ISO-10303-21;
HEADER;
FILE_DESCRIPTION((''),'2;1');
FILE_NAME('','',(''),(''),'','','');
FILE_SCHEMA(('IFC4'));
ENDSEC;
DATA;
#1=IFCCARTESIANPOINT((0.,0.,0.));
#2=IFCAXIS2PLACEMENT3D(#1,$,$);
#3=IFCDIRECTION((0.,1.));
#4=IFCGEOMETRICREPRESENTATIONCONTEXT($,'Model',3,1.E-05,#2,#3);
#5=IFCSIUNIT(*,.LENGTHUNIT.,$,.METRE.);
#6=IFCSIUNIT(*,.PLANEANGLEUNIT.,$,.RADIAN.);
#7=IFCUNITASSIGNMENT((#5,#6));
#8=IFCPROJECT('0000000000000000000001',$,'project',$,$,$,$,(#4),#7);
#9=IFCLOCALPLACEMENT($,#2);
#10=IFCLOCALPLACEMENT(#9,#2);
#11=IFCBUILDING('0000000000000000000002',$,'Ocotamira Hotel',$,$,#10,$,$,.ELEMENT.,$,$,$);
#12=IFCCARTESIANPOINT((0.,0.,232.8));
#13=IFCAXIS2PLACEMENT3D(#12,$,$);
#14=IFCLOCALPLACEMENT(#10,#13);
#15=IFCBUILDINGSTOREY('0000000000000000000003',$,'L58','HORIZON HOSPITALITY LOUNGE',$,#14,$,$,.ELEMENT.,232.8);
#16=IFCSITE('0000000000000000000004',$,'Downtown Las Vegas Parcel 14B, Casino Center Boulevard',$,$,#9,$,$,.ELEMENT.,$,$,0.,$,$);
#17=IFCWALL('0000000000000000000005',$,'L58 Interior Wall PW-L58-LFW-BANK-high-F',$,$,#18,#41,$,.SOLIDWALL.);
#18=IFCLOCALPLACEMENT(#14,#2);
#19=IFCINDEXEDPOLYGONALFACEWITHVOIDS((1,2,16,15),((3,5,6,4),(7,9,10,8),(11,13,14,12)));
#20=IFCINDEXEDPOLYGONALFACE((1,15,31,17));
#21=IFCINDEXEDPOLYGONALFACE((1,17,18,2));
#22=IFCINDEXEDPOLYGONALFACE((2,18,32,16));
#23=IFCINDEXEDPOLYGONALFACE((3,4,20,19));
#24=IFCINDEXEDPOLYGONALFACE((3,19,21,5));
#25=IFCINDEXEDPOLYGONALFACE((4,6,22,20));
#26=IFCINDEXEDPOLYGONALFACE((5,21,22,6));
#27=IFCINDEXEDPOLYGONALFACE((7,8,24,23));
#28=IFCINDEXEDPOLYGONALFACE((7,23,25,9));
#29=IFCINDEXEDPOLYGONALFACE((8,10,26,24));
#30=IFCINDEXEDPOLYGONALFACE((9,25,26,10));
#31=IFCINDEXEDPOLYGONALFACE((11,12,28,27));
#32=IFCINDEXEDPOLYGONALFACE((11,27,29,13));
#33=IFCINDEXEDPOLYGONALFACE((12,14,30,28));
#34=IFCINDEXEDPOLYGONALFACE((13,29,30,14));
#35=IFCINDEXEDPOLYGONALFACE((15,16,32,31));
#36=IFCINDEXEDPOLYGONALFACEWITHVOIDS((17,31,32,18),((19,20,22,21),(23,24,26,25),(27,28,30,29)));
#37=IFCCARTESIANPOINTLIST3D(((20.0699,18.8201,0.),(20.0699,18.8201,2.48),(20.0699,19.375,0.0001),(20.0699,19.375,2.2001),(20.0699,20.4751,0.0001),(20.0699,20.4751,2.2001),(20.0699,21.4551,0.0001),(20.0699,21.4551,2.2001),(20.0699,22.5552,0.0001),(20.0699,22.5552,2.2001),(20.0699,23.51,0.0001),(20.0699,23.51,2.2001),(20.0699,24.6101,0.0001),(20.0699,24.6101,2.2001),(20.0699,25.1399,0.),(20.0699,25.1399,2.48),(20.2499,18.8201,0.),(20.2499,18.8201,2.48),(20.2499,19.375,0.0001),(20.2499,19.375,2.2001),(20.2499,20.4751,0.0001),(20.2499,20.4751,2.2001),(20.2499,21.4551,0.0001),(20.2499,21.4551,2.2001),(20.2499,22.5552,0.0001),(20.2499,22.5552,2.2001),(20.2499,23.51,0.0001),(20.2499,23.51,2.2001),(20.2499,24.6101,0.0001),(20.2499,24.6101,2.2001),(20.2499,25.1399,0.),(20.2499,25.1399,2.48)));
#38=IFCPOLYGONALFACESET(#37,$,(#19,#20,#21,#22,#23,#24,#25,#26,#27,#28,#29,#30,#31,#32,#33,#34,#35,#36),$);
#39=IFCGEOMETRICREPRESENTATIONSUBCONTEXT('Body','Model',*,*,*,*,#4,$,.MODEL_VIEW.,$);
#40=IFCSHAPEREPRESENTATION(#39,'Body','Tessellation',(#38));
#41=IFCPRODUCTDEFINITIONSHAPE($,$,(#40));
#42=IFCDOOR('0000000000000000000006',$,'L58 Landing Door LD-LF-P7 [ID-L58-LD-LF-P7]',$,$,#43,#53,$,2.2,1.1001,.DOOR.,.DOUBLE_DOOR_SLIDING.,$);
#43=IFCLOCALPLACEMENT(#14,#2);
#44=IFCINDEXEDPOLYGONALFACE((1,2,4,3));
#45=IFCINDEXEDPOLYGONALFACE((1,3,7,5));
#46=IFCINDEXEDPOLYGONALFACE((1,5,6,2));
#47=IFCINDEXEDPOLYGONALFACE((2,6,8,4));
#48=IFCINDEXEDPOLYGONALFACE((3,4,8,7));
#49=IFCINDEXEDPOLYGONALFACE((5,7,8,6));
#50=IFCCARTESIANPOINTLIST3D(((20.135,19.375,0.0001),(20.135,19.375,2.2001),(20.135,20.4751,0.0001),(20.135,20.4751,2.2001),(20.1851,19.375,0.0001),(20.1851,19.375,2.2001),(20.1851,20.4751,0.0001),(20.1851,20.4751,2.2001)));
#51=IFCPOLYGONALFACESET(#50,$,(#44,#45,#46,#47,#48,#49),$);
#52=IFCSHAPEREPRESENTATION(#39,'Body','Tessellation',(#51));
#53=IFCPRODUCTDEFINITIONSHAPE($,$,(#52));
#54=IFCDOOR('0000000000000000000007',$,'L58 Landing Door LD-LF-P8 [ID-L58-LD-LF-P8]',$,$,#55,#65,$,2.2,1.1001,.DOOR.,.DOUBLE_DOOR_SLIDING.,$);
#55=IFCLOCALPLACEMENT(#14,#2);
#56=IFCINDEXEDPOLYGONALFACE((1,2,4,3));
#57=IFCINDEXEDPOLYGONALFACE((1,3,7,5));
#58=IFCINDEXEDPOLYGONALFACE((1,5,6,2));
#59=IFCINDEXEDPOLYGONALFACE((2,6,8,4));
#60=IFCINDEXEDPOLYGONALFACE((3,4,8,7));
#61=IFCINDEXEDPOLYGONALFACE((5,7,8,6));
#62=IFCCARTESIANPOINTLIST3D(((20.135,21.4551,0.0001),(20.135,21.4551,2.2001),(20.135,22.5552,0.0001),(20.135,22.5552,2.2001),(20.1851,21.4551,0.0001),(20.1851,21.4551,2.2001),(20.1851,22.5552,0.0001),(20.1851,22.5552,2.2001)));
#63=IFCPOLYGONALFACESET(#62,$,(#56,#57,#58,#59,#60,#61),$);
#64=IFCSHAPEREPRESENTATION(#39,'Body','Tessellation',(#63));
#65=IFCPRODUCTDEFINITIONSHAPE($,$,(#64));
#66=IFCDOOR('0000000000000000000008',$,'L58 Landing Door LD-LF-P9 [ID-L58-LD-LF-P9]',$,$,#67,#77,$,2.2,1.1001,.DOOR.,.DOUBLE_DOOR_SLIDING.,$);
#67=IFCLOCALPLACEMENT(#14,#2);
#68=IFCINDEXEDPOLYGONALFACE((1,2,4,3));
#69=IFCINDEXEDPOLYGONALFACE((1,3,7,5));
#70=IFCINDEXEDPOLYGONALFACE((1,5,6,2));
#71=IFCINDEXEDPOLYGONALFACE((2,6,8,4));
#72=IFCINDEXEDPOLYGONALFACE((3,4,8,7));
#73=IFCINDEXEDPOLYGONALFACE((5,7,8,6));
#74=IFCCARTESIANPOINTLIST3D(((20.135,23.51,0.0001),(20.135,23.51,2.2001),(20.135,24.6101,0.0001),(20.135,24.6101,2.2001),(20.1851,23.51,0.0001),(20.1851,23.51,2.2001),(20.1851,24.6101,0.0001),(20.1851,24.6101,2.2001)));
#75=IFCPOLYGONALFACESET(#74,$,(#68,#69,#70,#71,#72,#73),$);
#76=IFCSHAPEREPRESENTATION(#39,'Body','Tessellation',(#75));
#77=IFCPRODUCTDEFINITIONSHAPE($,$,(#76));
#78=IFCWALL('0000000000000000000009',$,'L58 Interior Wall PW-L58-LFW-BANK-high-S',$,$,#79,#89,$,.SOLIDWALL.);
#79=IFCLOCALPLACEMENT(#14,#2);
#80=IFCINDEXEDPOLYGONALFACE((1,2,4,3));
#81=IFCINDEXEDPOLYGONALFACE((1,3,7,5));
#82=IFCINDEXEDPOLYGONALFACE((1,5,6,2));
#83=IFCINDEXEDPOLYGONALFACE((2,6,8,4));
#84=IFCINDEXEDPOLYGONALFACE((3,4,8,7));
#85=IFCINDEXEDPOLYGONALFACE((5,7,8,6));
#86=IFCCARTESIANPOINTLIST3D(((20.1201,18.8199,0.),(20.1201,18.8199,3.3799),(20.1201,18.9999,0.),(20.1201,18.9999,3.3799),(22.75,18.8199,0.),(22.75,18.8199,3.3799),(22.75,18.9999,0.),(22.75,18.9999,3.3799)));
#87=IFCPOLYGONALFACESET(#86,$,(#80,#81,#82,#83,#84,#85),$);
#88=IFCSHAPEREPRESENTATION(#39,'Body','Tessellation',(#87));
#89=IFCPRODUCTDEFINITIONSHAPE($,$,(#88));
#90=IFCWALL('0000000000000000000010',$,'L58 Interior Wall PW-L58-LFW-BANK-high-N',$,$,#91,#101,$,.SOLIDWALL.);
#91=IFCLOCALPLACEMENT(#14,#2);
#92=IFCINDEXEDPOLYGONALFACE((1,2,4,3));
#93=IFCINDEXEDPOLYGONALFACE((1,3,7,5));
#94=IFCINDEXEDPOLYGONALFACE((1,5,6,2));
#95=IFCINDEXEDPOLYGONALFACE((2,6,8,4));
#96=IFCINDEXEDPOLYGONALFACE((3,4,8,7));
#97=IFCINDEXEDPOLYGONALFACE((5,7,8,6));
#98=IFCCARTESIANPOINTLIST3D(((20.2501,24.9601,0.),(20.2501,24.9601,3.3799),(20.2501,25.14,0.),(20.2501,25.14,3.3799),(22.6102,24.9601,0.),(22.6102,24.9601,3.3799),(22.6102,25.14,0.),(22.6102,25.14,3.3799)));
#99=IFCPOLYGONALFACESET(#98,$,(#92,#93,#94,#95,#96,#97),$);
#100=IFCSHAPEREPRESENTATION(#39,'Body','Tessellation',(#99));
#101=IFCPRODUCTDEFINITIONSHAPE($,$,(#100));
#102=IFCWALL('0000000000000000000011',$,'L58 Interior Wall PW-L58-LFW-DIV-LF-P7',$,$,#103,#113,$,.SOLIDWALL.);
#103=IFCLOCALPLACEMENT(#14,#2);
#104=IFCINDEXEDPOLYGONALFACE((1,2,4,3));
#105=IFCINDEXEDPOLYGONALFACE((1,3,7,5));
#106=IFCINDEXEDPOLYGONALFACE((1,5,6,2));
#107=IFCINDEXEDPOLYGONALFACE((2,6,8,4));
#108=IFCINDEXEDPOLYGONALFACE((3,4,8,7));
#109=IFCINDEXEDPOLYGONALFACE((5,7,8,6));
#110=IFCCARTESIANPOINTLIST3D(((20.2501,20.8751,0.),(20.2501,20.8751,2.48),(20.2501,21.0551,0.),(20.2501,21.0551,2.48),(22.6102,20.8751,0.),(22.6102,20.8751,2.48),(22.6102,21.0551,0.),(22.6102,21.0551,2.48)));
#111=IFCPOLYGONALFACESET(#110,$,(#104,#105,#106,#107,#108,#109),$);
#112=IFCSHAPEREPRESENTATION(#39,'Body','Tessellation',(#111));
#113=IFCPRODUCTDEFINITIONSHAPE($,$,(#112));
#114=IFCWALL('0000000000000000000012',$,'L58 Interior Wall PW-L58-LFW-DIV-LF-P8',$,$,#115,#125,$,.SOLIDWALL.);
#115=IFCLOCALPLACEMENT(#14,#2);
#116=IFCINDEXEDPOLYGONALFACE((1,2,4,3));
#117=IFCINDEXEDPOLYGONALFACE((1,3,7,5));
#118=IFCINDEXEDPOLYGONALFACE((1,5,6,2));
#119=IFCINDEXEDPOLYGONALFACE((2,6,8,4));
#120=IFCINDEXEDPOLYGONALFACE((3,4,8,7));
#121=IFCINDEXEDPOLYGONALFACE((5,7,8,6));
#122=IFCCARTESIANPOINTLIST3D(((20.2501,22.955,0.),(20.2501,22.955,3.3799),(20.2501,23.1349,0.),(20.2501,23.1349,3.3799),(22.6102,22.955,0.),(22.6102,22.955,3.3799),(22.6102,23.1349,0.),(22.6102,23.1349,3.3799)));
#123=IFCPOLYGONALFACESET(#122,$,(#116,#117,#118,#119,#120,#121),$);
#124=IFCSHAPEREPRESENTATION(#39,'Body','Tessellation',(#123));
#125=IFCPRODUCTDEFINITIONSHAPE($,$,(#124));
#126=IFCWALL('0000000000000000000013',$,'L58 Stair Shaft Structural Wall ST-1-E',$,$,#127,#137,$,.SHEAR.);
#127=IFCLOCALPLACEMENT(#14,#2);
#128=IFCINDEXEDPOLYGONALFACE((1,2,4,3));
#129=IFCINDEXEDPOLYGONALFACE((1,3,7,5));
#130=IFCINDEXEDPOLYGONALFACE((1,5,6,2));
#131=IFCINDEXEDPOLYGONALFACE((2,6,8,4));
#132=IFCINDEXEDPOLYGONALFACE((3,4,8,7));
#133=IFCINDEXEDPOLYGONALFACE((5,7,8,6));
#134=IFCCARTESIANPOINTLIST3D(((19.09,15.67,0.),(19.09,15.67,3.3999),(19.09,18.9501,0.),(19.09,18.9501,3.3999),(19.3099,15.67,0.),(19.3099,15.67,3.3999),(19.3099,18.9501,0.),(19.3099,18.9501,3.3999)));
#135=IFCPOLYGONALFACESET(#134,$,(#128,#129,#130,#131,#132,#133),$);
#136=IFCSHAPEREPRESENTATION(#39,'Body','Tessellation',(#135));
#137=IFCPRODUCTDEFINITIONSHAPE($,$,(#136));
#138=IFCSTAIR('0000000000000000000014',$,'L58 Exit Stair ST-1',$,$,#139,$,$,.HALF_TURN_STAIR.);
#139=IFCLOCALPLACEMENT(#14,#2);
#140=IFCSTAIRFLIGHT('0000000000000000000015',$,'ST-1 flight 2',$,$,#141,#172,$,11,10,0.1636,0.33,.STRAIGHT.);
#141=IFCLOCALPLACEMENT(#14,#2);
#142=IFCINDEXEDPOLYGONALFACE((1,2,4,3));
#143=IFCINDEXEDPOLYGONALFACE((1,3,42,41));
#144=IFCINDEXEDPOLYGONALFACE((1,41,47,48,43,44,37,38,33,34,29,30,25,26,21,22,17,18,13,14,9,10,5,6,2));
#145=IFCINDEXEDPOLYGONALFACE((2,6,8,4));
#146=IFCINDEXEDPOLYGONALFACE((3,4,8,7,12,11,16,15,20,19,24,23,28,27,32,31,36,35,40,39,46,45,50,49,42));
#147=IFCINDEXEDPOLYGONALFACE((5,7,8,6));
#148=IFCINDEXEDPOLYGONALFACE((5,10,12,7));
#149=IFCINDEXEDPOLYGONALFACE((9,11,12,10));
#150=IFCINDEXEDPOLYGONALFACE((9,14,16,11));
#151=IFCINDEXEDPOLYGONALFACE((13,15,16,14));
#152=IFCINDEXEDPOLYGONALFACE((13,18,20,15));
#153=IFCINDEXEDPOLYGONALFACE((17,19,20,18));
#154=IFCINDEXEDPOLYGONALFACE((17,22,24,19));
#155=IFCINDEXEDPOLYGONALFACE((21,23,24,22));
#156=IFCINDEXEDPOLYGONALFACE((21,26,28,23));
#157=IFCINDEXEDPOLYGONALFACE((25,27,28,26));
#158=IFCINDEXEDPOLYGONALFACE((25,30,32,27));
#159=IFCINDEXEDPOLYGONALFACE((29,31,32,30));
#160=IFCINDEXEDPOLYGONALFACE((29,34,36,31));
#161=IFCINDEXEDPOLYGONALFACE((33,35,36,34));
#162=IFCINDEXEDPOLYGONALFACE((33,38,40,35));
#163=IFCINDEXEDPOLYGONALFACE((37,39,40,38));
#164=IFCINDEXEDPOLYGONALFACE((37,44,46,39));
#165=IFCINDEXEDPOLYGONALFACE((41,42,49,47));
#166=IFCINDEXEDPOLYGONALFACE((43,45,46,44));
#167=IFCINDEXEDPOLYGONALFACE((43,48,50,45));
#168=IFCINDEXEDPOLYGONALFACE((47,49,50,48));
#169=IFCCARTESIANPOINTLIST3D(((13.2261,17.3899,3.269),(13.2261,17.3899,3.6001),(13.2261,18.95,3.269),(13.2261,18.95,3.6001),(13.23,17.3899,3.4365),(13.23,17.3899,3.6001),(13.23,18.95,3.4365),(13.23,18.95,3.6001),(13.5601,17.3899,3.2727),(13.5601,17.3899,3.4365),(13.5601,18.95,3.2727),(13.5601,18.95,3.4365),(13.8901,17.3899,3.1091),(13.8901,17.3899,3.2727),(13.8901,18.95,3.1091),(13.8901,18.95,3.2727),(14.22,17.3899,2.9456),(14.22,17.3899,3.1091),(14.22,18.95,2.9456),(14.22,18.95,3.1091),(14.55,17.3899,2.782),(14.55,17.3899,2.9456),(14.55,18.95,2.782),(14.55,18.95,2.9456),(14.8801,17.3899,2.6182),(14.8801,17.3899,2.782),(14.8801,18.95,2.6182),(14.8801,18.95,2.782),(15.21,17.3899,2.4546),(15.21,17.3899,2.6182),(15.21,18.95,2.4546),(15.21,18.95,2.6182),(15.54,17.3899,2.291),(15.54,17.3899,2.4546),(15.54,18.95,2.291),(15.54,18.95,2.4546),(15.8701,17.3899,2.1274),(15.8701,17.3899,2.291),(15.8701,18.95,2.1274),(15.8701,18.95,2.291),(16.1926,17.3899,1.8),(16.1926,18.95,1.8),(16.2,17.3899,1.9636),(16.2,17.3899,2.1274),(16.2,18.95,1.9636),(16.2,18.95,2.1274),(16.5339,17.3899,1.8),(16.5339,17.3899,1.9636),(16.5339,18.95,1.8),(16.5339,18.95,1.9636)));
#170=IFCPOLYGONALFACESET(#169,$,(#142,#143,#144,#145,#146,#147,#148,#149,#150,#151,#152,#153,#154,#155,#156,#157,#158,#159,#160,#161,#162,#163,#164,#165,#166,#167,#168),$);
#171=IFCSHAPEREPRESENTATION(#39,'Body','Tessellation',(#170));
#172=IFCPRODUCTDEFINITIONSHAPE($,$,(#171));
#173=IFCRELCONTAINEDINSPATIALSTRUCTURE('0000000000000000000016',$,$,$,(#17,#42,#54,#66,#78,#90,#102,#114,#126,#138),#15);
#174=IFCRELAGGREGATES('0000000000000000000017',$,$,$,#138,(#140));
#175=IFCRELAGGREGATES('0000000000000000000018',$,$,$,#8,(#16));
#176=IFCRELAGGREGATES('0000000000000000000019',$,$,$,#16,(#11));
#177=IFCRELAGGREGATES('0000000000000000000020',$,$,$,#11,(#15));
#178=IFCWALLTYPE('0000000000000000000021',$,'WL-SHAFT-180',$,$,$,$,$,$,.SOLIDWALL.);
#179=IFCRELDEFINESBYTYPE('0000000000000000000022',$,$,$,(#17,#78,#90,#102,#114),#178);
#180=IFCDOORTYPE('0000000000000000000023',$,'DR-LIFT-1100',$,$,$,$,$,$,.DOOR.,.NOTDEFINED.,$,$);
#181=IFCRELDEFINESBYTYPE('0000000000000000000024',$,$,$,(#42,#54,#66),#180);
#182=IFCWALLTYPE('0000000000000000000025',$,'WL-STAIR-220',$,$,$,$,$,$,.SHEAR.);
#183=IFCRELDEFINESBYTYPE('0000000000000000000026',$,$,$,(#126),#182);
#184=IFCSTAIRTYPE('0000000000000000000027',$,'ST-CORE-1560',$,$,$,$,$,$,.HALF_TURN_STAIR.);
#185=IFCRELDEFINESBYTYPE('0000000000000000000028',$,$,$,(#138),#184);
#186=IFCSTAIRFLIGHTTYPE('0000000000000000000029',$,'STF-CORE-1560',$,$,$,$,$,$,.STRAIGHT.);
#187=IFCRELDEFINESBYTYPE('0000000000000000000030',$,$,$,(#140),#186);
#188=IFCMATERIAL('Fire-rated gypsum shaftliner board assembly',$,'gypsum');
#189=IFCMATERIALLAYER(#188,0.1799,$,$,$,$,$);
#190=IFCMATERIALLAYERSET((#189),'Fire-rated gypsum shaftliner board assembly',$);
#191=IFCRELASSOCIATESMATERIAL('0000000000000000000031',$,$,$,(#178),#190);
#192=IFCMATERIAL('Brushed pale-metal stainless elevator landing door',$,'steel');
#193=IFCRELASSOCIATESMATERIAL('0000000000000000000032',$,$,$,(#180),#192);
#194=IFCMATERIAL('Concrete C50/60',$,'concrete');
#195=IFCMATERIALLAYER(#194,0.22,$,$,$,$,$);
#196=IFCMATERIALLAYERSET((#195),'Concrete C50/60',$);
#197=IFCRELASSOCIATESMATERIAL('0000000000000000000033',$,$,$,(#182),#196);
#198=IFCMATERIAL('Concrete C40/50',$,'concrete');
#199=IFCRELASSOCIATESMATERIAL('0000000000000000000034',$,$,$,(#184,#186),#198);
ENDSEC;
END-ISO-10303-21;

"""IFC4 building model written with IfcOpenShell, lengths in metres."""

from ifc_helpers import new_model, si_unit, direction, frame, frame_2d, origin, place, context, subcontext, project, spatial, polyline, rectangle, outline, extrude, source, transform, mapped, material, layer, layer_set, type_object, element, fill, aggregate, save


model = new_model("IFC4")

# Units and contexts
model_context = context("Model", 3, precision=1e-05, world=origin(), true_north=direction((0.0, 1.0)))
body_context = subcontext(model_context, "Body", "Model", "MODEL_VIEW")
ifc_project = project(units=[si_unit("LENGTHUNIT", "METRE"), si_unit("PLANEANGLEUNIT", "RADIAN")], contexts=[model_context])

# Site, building, storey
site_placement = place(None, origin())
site = spatial("IfcSite", under=ifc_project, at=site_placement, Name="Downtown Las Vegas Parcel 14B, Casino Center Boulevard", CompositionType="ELEMENT", RefElevation=0.0)
building_placement = place(site_placement, origin())
building = spatial("IfcBuilding", under=site, at=building_placement, Name="Ocotamira Hotel", CompositionType="ELEMENT")
storey_placement = place(building_placement, frame((0.0, 0.0, 232.8)))
storey = spatial("IfcBuildingStorey", under=building, at=storey_placement, Name="L58", Description="HORIZON HOSPITALITY LOUNGE", CompositionType="ELEMENT", Elevation=232.8)

# Shared definitions
ifc_material_1 = material(Name="Concrete C50/60", Category="concrete")

# Wall, openings, doors
ifc_material_2 = material(Name="Fire-rated gypsum shaftliner board assembly", Category="gypsum")
ifc_layer_1 = layer(ifc_material_2, 0.1799)
ifc_layer_set_1 = layer_set([ifc_layer_1], Name="Fire-rated gypsum shaftliner board assembly")
wall_type_1 = type_object("IfcWallType", Name="WL-SHAFT-180", PredefinedType="SOLIDWALL", material=ifc_layer_set_1)
wall_1_placement = place(storey_placement, frame((20.1599, 18.8201, 0.0), z_axis=(0.0, 0.0, 1.0), x_axis=(0.0, 1.0, 0.0)))
wall_1 = element("IfcWall", 1, at=wall_1_placement, inside=storey, type_object=wall_type_1, Name="L58 Interior Wall PW-L58-LFW-BANK-high-F", PredefinedType="SOLIDWALL", context=body_context, shape_type="SweptSolid", body=[
    extrude(rectangle(XDim=6.3198, YDim=0.1799, at=frame_2d((3.1599, 0.0))), origin(), (0.0, 0.0, 1.0), 2.48),
])
opening_1_placement = place(wall_1_placement, frame((0.5549, 0.0, 0.0)))
opening_1 = element("IfcOpeningElement", 2, at=opening_1_placement, cuts=wall_1, PredefinedType="OPENING", context=body_context, shape_type="SweptSolid", body=[
    extrude(rectangle(XDim=1.1001, YDim=2.2, at=frame_2d((0.55, 1.1001))), frame((0.0, 0.1001, 0.0), z_axis=(0.0, -1.0, 0.0), x_axis=(1.0, 0.0, 0.0)), (0.0, 0.0, 1.0), 0.2),
])
opening_2_placement = place(wall_1_placement, frame((2.635, 0.0, 0.0)))
opening_2 = element("IfcOpeningElement", 3, at=opening_2_placement, cuts=wall_1, PredefinedType="OPENING", context=body_context, shape_type="SweptSolid", body=[
    extrude(rectangle(XDim=1.1001, YDim=2.2, at=frame_2d((0.55, 1.1001))), frame((0.0, 0.1001, 0.0), z_axis=(0.0, -1.0, 0.0), x_axis=(1.0, 0.0, 0.0)), (0.0, 0.0, 1.0), 0.2),
])
opening_3_placement = place(wall_1_placement, frame((4.6899, 0.0, 0.0)))
opening_3 = element("IfcOpeningElement", 4, at=opening_3_placement, cuts=wall_1, PredefinedType="OPENING", context=body_context, shape_type="SweptSolid", body=[
    extrude(rectangle(XDim=1.1001, YDim=2.2, at=frame_2d((0.55, 1.1001))), frame((0.0, 0.1001, 0.0), z_axis=(0.0, -1.0, 0.0), x_axis=(1.0, 0.0, 0.0)), (0.0, 0.0, 1.0), 0.2),
])
ifc_material_3 = material(Name="Brushed pale-metal stainless elevator landing door", Category="steel")
door_type = type_object("IfcDoorType", Name="DR-LIFT-1100", OperationType="NOTDEFINED", PredefinedType="DOOR", material=ifc_material_3)
shared_shape_1 = source(origin(), body_context, "Body", "SweptSolid", [
    extrude(rectangle(XDim=1.1001, YDim=2.2, at=frame_2d((0.55, 1.1001))), frame((0.0, 0.0249, 0.0), z_axis=(0.0, -1.0, 0.0), x_axis=(1.0, 0.0, 0.0)), (0.0, 0.0, 1.0), 0.05),
])
door_1_placement = place(opening_1_placement, origin())
door_1 = element("IfcDoor", 5, at=door_1_placement, inside=storey, type_object=door_type, Name="L58 Landing Door LD-LF-P7 [ID-L58-LD-LF-P7]", OperationType="DOUBLE_DOOR_SLIDING", OverallHeight=2.2, OverallWidth=1.1001, PredefinedType="DOOR", context=body_context, shape_type="MappedRepresentation", body=[
    mapped(shared_shape_1, transform((0.0, 0.0, 0.0), scale=1.0)),
])
fill(opening_1, door_1)
door_2_placement = place(opening_2_placement, origin())
door_2 = element("IfcDoor", 6, at=door_2_placement, inside=storey, type_object=door_type, Name="L58 Landing Door LD-LF-P8 [ID-L58-LD-LF-P8]", OperationType="DOUBLE_DOOR_SLIDING", OverallHeight=2.2, OverallWidth=1.1001, PredefinedType="DOOR", context=body_context, shape_type="MappedRepresentation", body=[
    mapped(shared_shape_1, transform((0.0, 0.0, 0.0), scale=1.0)),
])
fill(opening_2, door_2)
door_3_placement = place(opening_3_placement, origin())
door_3 = element("IfcDoor", 7, at=door_3_placement, inside=storey, type_object=door_type, Name="L58 Landing Door LD-LF-P9 [ID-L58-LD-LF-P9]", OperationType="DOUBLE_DOOR_SLIDING", OverallHeight=2.2, OverallWidth=1.1001, PredefinedType="DOOR", context=body_context, shape_type="MappedRepresentation", body=[
    mapped(shared_shape_1, transform((0.0, 0.0, 0.0), scale=1.0)),
])
fill(opening_3, door_3)

# Walls
wall_2_placement = place(storey_placement, frame((20.1201, 18.9099, 0.0), z_axis=(0.0, 0.0, 1.0), x_axis=(1.0, 0.0, 0.0)))
element("IfcWall", 8, at=wall_2_placement, inside=storey, type_object=wall_type_1, Name="L58 Interior Wall PW-L58-LFW-BANK-high-S", PredefinedType="SOLIDWALL", context=body_context, shape_type="SweptSolid", body=[
    extrude(rectangle(XDim=2.6299, YDim=0.1799, at=frame_2d((1.3149, 0.0))), origin(), (0.0, 0.0, 1.0), 3.3799),
])
wall_3_placement = place(storey_placement, frame((20.25, 25.05, 0.0), z_axis=(0.0, 0.0, 1.0), x_axis=(1.0, 0.0, 0.0)))
element("IfcWall", 9, at=wall_3_placement, inside=storey, type_object=wall_type_1, Name="L58 Interior Wall PW-L58-LFW-BANK-high-N", PredefinedType="SOLIDWALL", context=body_context, shape_type="SweptSolid", body=[
    extrude(rectangle(XDim=2.3601, YDim=0.1799, at=frame_2d((1.1802, 0.0))), origin(), (0.0, 0.0, 1.0), 3.3799),
])
wall_4_placement = place(storey_placement, frame((20.25, 20.9651, 0.0), z_axis=(0.0, 0.0, 1.0), x_axis=(1.0, 0.0, 0.0)))
element("IfcWall", 10, at=wall_4_placement, inside=storey, type_object=wall_type_1, Name="L58 Interior Wall PW-L58-LFW-DIV-LF-P7", PredefinedType="SOLIDWALL", context=body_context, shape_type="SweptSolid", body=[
    extrude(rectangle(XDim=2.3601, YDim=0.1799, at=frame_2d((1.1802, 0.0))), origin(), (0.0, 0.0, 1.0), 2.48),
])
wall_5_placement = place(storey_placement, frame((20.25, 23.0449, 0.0), z_axis=(0.0, 0.0, 1.0), x_axis=(1.0, 0.0, 0.0)))
element("IfcWall", 11, at=wall_5_placement, inside=storey, type_object=wall_type_1, Name="L58 Interior Wall PW-L58-LFW-DIV-LF-P8", PredefinedType="SOLIDWALL", context=body_context, shape_type="SweptSolid", body=[
    extrude(rectangle(XDim=2.3601, YDim=0.1799, at=frame_2d((1.1802, 0.0))), origin(), (0.0, 0.0, 1.0), 3.3799),
])
ifc_layer_2 = layer(ifc_material_1, 0.22)
ifc_layer_set_2 = layer_set([ifc_layer_2], Name="Concrete C50/60")
wall_type_2 = type_object("IfcWallType", Name="WL-STAIR-220", PredefinedType="SHEAR", material=ifc_layer_set_2)
wall_6_placement = place(storey_placement, frame((19.2, 15.6699, 0.0), z_axis=(0.0, 0.0, 1.0), x_axis=(0.0, 1.0, 0.0)))
element("IfcWall", 12, at=wall_6_placement, inside=storey, type_object=wall_type_2, Name="L58 Stair Shaft Structural Wall ST-1-E", PredefinedType="SHEAR", context=body_context, shape_type="SweptSolid", body=[
    extrude(rectangle(XDim=3.28, YDim=0.22, at=frame_2d((1.6401, 0.0))), origin(), (0.0, 0.0, 1.0), 3.3999),
])

# Stair, stair flight
ifc_material_4 = material(Name="Concrete C40/50", Category="concrete")
stair_type = type_object("IfcStairType", Name="ST-CORE-1560", PredefinedType="HALF_TURN_STAIR", material=ifc_material_4)
stair_placement = place(storey_placement, origin())
stair = element("IfcStair", 13, at=stair_placement, inside=storey, type_object=stair_type, Name="L58 Exit Stair ST-1", PredefinedType="HALF_TURN_STAIR")
stair_flight_type = type_object("IfcStairFlightType", Name="STF-CORE-1560", PredefinedType="STRAIGHT", material=ifc_material_4)
shared_shape_2 = source(origin(), body_context, "Body", "SweptSolid", [
    extrude(outline(polyline([(-0.0039, 0.0), (-0.0039, 0.1636), (0.3301, 0.1636), (0.3301, 0.3274), (0.6599, 0.3274), (0.6599, 0.491), (0.99, 0.491), (0.99, 0.6545), (1.3201, 0.6545), (1.3201, 0.8181), (1.6499, 0.8181), (1.6499, 0.9819), (1.98, 0.9819), (1.98, 1.1455), (2.3101, 1.1455), (2.3101, 1.3091), (2.6399, 1.3091), (2.6399, 1.4727), (2.97, 1.4727), (2.97, 1.6365), (3.3, 1.6365), (3.3, 1.8), (3.304, 1.8), (3.304, 1.469), (0.3374, 0.0), (-0.0039, 0.0)])), frame((0.0, 0.78, 0.0), z_axis=(0.0, -1.0, 0.0), x_axis=(1.0, 0.0, 0.0)), (0.0, 0.0, 1.0), 1.5601),
])
stair_flight_placement = place(storey_placement, frame((16.53, 18.1699, 1.8), z_axis=(0.0, 0.0, 1.0), x_axis=(-1.0, 0.0, 0.0)))
stair_flight = element("IfcStairFlight", 14, at=stair_flight_placement, type_object=stair_flight_type, Name="ST-1 flight 2", NumberOfRisers=11, NumberOfTreads=10, PredefinedType="STRAIGHT", RiserHeight=0.1636, TreadLength=0.33, context=body_context, shape_type="MappedRepresentation", body=[
    mapped(shared_shape_2, transform((0.0, 0.0, 0.0), scale=1.0)),
])
aggregate(stair, [stair_flight])

save(model, "model.ifc")
